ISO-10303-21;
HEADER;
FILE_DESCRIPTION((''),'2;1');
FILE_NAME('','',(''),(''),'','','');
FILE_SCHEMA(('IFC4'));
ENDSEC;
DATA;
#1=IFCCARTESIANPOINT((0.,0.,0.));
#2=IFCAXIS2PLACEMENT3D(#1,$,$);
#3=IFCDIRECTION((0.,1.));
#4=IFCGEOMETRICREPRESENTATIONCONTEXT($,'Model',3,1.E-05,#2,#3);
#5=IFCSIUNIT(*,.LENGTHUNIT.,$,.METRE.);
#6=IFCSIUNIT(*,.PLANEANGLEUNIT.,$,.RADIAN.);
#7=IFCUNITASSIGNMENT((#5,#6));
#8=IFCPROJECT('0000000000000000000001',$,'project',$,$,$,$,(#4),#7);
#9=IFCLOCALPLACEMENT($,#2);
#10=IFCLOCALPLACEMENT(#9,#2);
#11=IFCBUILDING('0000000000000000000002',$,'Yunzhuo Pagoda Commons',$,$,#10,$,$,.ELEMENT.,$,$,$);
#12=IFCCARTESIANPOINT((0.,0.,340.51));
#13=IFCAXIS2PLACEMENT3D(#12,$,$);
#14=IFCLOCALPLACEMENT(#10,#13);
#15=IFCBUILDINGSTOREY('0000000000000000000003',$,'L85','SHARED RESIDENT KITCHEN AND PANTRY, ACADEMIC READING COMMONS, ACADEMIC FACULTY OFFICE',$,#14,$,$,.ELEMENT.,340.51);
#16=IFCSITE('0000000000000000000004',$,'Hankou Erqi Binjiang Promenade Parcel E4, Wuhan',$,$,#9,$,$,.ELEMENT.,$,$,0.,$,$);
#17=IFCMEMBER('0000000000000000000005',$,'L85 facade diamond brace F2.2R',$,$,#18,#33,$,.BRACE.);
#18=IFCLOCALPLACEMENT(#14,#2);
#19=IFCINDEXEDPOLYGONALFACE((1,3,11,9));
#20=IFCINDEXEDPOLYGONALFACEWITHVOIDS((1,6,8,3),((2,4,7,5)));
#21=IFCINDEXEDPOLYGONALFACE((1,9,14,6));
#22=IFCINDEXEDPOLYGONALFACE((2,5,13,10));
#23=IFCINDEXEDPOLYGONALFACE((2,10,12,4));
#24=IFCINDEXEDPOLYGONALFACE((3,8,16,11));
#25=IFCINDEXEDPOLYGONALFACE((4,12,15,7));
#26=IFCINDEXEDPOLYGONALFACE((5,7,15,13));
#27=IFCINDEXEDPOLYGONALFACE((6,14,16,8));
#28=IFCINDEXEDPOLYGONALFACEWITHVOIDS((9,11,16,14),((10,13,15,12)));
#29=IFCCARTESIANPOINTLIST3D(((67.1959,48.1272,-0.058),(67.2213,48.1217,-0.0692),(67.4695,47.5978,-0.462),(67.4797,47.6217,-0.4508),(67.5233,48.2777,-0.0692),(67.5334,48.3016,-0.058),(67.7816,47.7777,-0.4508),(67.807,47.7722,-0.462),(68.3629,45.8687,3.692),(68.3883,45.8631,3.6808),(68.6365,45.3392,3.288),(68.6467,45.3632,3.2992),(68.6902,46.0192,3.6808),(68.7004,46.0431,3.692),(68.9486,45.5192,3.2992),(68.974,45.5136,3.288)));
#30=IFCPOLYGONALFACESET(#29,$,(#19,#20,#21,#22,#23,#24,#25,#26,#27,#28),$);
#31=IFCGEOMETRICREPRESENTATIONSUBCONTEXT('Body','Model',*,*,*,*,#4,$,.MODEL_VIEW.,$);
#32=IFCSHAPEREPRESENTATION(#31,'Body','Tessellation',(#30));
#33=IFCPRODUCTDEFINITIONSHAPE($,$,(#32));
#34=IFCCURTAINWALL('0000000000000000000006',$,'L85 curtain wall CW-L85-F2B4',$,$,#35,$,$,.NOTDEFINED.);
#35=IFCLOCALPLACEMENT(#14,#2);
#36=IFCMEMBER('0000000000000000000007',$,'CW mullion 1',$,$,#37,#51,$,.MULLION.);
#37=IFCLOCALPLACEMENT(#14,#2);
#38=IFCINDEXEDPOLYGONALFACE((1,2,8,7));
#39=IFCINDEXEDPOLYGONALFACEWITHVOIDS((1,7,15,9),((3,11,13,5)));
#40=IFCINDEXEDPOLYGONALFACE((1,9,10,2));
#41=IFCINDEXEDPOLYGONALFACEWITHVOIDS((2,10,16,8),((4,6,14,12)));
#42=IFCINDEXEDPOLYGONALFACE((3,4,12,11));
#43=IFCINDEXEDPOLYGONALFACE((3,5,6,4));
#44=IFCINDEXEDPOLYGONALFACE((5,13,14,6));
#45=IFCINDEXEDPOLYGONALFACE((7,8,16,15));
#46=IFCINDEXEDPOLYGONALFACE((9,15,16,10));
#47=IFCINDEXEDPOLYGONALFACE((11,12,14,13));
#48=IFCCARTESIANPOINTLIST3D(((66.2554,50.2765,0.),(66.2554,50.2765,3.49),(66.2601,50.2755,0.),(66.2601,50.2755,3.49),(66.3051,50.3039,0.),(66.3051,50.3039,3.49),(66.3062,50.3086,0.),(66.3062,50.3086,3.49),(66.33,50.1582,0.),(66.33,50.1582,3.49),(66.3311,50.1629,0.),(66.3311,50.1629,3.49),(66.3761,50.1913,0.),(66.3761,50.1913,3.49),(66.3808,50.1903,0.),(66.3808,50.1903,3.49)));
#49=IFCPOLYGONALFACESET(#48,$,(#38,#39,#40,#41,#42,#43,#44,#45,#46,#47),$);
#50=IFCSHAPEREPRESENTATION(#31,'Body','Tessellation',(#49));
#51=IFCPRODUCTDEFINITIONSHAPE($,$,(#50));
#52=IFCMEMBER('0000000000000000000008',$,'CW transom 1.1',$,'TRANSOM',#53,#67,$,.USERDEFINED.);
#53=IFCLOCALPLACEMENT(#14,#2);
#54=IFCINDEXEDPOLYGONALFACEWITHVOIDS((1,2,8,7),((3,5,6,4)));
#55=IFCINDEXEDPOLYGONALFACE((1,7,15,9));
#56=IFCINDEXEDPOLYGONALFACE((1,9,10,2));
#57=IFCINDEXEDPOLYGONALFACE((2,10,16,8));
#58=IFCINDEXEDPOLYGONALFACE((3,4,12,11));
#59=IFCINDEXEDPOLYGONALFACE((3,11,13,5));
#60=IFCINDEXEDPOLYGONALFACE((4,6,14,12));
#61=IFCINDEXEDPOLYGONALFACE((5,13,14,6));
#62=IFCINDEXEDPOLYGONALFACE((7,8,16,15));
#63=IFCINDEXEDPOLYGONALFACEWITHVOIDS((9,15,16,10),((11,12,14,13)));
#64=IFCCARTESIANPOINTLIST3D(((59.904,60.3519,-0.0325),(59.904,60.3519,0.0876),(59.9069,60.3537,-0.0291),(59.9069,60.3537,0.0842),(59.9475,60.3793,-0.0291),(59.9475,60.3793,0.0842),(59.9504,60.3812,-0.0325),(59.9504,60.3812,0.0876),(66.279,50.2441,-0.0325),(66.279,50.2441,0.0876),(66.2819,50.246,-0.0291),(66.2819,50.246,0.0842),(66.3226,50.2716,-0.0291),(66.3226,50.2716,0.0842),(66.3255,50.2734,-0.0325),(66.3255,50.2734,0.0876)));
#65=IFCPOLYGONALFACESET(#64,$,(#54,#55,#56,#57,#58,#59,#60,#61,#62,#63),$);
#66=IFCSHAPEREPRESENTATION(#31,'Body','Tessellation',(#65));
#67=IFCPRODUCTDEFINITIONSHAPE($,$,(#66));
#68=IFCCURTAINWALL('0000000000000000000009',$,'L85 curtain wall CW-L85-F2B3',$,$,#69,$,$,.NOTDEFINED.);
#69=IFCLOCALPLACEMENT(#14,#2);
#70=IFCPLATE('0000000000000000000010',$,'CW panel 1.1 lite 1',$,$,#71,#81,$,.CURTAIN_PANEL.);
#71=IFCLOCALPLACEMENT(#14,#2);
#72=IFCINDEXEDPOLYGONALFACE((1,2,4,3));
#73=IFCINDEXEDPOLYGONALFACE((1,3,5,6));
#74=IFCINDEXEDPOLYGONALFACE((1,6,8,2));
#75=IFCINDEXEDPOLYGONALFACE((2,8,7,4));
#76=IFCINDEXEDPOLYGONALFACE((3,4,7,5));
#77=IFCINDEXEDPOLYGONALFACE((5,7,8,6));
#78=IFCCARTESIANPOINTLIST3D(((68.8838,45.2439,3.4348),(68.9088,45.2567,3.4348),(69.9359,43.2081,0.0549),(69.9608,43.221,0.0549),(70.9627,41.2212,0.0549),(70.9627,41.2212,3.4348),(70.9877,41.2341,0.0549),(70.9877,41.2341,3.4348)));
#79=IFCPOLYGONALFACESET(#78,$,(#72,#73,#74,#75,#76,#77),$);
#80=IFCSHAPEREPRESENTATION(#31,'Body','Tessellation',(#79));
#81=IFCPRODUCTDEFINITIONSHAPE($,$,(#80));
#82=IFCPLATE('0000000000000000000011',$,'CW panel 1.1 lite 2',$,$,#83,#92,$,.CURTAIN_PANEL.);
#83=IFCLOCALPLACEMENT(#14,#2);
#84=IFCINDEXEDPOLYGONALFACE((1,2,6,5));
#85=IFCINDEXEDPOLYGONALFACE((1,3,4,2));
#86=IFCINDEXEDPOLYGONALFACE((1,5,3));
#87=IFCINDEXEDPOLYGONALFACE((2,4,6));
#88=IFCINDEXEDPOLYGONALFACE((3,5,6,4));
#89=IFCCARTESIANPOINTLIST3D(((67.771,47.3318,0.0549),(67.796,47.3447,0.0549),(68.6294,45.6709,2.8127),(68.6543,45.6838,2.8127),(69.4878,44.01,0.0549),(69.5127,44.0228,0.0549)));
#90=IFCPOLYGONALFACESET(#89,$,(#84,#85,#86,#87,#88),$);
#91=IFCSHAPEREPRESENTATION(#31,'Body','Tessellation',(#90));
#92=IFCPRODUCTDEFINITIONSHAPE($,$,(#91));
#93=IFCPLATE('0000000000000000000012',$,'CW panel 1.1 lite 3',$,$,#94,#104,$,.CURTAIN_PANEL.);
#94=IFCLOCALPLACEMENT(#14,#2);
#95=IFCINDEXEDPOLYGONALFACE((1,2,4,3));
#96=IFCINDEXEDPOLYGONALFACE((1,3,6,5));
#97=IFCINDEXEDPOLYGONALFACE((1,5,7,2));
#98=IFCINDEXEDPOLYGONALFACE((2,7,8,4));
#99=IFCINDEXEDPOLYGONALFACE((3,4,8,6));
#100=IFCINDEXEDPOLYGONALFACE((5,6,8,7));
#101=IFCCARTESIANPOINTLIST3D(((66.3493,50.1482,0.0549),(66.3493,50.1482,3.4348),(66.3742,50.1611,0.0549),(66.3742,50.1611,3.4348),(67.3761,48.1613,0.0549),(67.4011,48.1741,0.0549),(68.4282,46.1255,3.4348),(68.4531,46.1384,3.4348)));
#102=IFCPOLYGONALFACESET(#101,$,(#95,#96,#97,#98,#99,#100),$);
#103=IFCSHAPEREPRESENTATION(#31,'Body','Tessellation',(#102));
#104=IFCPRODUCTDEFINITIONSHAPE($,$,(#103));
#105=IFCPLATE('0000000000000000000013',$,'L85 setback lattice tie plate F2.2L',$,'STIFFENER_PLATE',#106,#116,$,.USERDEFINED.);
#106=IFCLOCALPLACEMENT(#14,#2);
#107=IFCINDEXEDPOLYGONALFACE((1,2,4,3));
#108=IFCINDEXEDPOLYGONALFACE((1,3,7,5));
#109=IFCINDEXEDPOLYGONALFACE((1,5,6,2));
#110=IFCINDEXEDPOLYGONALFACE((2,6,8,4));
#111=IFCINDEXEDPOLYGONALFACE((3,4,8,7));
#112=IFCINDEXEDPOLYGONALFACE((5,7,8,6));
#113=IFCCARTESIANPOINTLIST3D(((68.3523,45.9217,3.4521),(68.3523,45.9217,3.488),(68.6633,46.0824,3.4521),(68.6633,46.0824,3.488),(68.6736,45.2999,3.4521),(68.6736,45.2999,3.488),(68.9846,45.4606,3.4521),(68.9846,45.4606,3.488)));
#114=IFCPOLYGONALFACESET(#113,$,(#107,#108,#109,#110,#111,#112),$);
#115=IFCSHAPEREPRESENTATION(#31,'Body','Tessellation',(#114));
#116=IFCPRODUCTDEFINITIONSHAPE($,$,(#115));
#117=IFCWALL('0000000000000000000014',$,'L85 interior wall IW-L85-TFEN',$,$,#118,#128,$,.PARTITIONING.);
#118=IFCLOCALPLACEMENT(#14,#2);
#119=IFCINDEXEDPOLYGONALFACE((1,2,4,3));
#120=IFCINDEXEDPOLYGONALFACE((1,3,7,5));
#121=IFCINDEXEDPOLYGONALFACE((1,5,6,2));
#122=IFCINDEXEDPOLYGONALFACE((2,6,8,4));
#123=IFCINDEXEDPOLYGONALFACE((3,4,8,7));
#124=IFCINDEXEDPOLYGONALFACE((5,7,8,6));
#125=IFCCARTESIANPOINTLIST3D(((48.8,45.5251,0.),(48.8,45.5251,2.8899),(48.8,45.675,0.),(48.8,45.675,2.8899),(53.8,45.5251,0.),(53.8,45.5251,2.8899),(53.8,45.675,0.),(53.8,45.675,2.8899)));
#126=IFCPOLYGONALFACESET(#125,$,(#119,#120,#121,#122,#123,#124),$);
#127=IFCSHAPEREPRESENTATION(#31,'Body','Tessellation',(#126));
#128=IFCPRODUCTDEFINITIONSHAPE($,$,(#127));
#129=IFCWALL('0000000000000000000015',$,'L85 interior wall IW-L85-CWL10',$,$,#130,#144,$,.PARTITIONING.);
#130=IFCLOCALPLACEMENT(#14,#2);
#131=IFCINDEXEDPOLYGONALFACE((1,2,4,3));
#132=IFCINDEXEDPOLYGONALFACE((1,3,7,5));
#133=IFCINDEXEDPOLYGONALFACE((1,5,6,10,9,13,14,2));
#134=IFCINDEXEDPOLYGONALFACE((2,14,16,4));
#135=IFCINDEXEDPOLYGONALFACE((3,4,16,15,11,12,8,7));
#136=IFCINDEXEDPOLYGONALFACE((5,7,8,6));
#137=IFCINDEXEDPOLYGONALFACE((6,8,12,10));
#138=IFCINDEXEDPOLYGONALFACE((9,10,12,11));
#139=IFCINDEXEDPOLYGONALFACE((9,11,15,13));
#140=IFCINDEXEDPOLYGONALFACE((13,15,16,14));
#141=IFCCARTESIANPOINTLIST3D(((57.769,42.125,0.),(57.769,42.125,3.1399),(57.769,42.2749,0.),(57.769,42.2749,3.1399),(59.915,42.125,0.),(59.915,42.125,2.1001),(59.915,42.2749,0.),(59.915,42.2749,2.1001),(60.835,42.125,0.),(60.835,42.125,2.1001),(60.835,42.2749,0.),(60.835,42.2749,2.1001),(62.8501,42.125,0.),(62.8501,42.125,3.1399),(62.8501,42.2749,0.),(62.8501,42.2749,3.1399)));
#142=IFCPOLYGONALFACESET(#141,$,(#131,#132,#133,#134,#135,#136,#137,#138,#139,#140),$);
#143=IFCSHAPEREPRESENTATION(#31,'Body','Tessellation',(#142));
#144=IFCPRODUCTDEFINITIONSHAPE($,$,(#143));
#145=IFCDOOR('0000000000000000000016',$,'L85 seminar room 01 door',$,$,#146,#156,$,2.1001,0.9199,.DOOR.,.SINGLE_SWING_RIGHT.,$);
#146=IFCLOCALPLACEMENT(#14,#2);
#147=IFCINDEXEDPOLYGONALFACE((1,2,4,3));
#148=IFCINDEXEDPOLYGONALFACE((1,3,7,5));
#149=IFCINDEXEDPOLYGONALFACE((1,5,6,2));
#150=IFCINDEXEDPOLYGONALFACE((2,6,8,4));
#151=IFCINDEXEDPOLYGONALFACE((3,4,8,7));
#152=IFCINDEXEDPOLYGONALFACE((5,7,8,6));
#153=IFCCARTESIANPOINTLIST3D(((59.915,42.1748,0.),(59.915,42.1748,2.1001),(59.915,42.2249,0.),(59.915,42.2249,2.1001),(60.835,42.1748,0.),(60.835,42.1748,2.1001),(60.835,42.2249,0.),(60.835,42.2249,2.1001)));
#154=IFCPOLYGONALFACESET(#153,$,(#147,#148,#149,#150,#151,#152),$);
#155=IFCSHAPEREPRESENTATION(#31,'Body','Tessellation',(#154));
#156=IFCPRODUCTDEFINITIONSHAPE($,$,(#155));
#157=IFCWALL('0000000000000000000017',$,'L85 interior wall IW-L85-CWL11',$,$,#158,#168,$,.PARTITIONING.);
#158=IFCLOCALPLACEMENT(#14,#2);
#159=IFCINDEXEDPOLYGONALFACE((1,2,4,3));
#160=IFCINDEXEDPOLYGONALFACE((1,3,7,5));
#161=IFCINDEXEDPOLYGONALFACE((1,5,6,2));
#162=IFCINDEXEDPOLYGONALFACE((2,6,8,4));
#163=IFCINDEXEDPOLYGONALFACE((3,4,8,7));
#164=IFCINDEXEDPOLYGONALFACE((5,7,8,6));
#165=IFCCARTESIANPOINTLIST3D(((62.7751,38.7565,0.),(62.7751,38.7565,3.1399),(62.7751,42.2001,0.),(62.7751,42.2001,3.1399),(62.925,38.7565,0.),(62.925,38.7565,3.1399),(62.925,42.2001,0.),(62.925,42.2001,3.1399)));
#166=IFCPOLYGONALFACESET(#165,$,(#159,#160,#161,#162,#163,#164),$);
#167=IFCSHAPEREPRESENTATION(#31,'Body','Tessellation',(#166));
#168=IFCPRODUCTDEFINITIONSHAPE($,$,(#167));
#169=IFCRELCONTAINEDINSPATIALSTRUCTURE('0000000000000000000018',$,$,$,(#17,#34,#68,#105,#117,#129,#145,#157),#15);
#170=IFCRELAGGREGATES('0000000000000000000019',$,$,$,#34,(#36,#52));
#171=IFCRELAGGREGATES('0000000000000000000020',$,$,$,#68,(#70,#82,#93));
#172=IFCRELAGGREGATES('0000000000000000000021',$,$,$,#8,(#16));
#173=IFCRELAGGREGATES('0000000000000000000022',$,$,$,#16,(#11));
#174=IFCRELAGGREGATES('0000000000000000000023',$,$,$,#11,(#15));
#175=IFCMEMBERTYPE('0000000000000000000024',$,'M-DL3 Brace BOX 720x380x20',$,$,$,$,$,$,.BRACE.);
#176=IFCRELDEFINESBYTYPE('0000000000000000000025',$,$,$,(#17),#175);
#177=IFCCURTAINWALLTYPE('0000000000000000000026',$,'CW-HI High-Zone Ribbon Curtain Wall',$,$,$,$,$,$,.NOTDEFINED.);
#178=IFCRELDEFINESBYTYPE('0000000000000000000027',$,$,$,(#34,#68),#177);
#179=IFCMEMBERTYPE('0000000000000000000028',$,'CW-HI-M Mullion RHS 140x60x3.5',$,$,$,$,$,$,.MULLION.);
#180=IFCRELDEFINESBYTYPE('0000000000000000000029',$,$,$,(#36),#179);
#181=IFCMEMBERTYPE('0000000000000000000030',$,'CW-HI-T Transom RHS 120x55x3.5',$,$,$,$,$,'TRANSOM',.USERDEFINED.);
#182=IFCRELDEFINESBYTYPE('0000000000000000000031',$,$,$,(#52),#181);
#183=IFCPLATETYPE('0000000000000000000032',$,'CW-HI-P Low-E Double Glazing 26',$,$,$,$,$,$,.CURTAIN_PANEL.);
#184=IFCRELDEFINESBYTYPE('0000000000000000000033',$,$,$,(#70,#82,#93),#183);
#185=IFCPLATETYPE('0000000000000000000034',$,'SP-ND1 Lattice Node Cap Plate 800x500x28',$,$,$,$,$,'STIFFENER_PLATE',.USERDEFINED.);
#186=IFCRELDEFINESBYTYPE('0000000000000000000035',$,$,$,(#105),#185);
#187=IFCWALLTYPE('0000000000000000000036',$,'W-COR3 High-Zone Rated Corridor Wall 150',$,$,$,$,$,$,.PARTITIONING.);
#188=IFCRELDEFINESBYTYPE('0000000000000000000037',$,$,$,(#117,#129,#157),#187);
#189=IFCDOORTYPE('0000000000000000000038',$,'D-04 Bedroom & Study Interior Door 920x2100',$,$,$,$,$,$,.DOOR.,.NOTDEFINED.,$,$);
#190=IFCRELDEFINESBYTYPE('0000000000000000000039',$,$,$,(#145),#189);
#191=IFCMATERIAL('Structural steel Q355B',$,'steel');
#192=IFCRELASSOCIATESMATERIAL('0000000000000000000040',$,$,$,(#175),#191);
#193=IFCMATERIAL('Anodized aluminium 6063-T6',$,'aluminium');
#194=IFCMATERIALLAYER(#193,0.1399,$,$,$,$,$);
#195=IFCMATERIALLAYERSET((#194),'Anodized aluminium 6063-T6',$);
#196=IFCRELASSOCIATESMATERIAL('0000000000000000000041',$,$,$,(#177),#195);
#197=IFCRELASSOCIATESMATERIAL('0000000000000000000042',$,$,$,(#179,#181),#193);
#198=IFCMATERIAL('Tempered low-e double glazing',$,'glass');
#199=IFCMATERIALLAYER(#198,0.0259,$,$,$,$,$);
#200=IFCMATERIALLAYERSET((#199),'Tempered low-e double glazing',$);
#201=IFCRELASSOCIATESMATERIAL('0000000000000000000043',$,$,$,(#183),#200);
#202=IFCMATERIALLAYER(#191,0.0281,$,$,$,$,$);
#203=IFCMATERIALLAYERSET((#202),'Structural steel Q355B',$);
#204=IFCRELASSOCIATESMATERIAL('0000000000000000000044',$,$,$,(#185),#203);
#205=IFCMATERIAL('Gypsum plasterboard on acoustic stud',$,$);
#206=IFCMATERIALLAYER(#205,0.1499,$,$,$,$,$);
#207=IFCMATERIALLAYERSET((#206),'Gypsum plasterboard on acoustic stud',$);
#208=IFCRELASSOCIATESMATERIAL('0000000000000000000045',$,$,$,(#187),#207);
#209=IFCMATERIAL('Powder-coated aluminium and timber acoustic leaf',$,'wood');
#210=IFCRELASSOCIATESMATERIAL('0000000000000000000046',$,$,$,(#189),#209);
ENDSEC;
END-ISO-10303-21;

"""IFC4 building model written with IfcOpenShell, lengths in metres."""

from ifc_helpers import new_model, si_unit, direction, frame, frame_2d, origin, origin_with_axes, origin_2d, place, context, subcontext, project, spatial, polyline, rectangle, hollow_rectangle, outline, extrude, source, transform, mapped, material, layer, layer_set, material_profile, profile_set, type_object, element, fill, aggregate, save


model = new_model("IFC4")

# Units and contexts
model_context = context("Model", 3, precision=1e-05, world=origin(), true_north=direction((0.0, 1.0)))
body_context = subcontext(model_context, "Body", "Model", "MODEL_VIEW")
ifc_project = project(units=[si_unit("LENGTHUNIT", "METRE"), si_unit("PLANEANGLEUNIT", "RADIAN")], contexts=[model_context])

# Site, building, storey
site_placement = place(None, origin())
site = spatial("IfcSite", under=ifc_project, at=site_placement, Name="Hankou Erqi Binjiang Promenade Parcel E4, Wuhan", CompositionType="ELEMENT", RefElevation=0.0)
building_placement = place(site_placement, origin())
building = spatial("IfcBuilding", under=site, at=building_placement, Name="Yunzhuo Pagoda Commons", CompositionType="ELEMENT")
storey_placement = place(building_placement, frame((0.0, 0.0, 340.51)))
storey = spatial("IfcBuildingStorey", under=building, at=storey_placement, Name="L85", Description="SHARED RESIDENT KITCHEN AND PANTRY, ACADEMIC READING COMMONS, ACADEMIC FACULTY OFFICE", CompositionType="ELEMENT", Elevation=340.51)

# Shared definitions
ifc_material_1 = material(Name="Structural steel Q355B", Category="steel")

# Member
ifc_material_profile_1 = material_profile(ifc_material_1, hollow_rectangle(XDim=0.3799, YDim=0.72, WallThickness=0.02, at=origin_2d()), Name="Structural steel Q355B")
ifc_profile_set_1 = profile_set([ifc_material_profile_1], Name="Structural steel Q355B")
member_type_1 = type_object("IfcMemberType", Name="M-DL3 Brace BOX 720x380x20", PredefinedType="BRACE", material=ifc_profile_set_1)
shared_shape_1 = source(origin(), body_context, "Body", "SweptSolid", [
    extrude(hollow_rectangle(XDim=0.3799, YDim=0.72, WallThickness=0.02, at=origin_2d()), origin(), (0.0, 0.0, 1.0), 4.5305),
])
for number, where, z_axis, x_axis, name in (
    (1, (67.5015, 47.9497, -0.26), (0.257586, -0.49852, 0.827724), (0.888414, 0.459044, 0.0), "L85 facade diamond brace F2.2R"),
):
    element("IfcMember", number, at=place(storey_placement, frame(where, z_axis=z_axis, x_axis=x_axis)), inside=storey, type_object=member_type_1, Name=name, PredefinedType="BRACE", context=body_context, shape_type="MappedRepresentation", body=[
        mapped(shared_shape_1, transform((0.0, 0.0, 0.0), scale=1.0)),
    ])

# Curtain wall, members
ifc_material_2 = material(Name="Anodized aluminium 6063-T6", Category="aluminium")
ifc_layer_1 = layer(ifc_material_2, 0.1399)
ifc_layer_set_1 = layer_set([ifc_layer_1], Name="Anodized aluminium 6063-T6")
curtain_wall_type = type_object("IfcCurtainWallType", Name="CW-HI High-Zone Ribbon Curtain Wall", PredefinedType="NOTDEFINED", material=ifc_layer_set_1)
curtain_wall_1_placement = place(storey_placement, origin())
curtain_wall_1 = element("IfcCurtainWall", 2, at=curtain_wall_1_placement, inside=storey, type_object=curtain_wall_type, Name="L85 curtain wall CW-L85-F2B4", PredefinedType="NOTDEFINED")
ifc_material_profile_2 = material_profile(ifc_material_2, hollow_rectangle(XDim=0.0601, YDim=0.1399, WallThickness=0.0034, at=origin_2d()), Name="Anodized aluminium 6063-T6")
ifc_profile_set_2 = profile_set([ifc_material_profile_2], Name="Anodized aluminium 6063-T6")
member_type_2 = type_object("IfcMemberType", Name="CW-HI-M Mullion RHS 140x60x3.5", PredefinedType="MULLION", material=ifc_profile_set_2)
shared_shape_2 = source(origin(), body_context, "Body", "SweptSolid", [
    extrude(hollow_rectangle(XDim=0.0601, YDim=0.1399, WallThickness=0.0034, at=origin_2d()), origin(), (0.0, 0.0, 1.0), 3.49),
])
member_1_placement = place(storey_placement, frame((66.3181, 50.2334, 0.0), z_axis=(0.0, 0.0, 1.0), x_axis=(-0.845818, -0.533472, 0.0)))
member_1 = element("IfcMember", 3, at=member_1_placement, type_object=member_type_2, Name="CW mullion 1", PredefinedType="MULLION", context=body_context, shape_type="MappedRepresentation", body=[
    mapped(shared_shape_2, transform((0.0, 0.0, 0.0), scale=1.0)),
])
ifc_material_profile_3 = material_profile(ifc_material_2, hollow_rectangle(XDim=0.0549, YDim=0.1201, WallThickness=0.0034, at=origin_2d()), Name="Anodized aluminium 6063-T6")
ifc_profile_set_3 = profile_set([ifc_material_profile_3], Name="Anodized aluminium 6063-T6")
member_type_3 = type_object("IfcMemberType", Name="CW-HI-T Transom RHS 120x55x3.5", ElementType="TRANSOM", PredefinedType="USERDEFINED", material=ifc_profile_set_3)
shared_shape_3 = source(origin(), body_context, "Body", "SweptSolid", [
    extrude(hollow_rectangle(XDim=0.0549, YDim=0.1201, WallThickness=0.0034, at=origin_2d()), origin(), (0.0, 0.0, 1.0), 11.9502),
])
member_2_placement = place(storey_placement, frame((66.3022, 50.2588, 0.0276), z_axis=(-0.533467, 0.845821, 0.0), x_axis=(-0.845821, -0.533467, 0.0)))
member_2 = element("IfcMember", 4, at=member_2_placement, type_object=member_type_3, Name="CW transom 1.1", ObjectType="TRANSOM", PredefinedType="USERDEFINED", context=body_context, shape_type="MappedRepresentation", body=[
    mapped(shared_shape_3, transform((0.0, 0.0, 0.0), scale=1.0)),
])
aggregate(curtain_wall_1, [member_1, member_2])

# Curtain wall, plates
curtain_wall_2_placement = place(storey_placement, origin())
curtain_wall_2 = element("IfcCurtainWall", 5, at=curtain_wall_2_placement, inside=storey, type_object=curtain_wall_type, Name="L85 curtain wall CW-L85-F2B3", PredefinedType="NOTDEFINED")
ifc_material_3 = material(Name="Tempered low-e double glazing", Category="glass")
ifc_layer_2 = layer(ifc_material_3, 0.0259)
ifc_layer_set_2 = layer_set([ifc_layer_2], Name="Tempered low-e double glazing")
plate_type_1 = type_object("IfcPlateType", Name="CW-HI-P Low-E Double Glazing 26", PredefinedType="CURTAIN_PANEL", material=ifc_layer_set_2)
plate_1_placement = place(storey_placement, frame((69.9233, 43.2324, 1.7449), z_axis=(0.88838, 0.459108, 0.0), x_axis=(-0.459108, 0.88838, 0.0)))
plate_1 = element("IfcPlate", 6, at=plate_1_placement, type_object=plate_type_1, Name="CW panel 1.1 lite 1", PredefinedType="CURTAIN_PANEL", context=body_context, shape_type="SweptSolid", body=[
    extrude(outline(polyline([(-2.2639, -1.6899), (-0.0273, -1.6899), (2.2642, 1.6899), (-2.2639, 1.6899), (-2.2639, -1.6899)])), origin(), (0.0, 0.0, 1.0), 0.0281),
])
plate_2_placement = place(storey_placement, frame((68.6294, 45.6709, 1.4338), z_axis=(0.88838, 0.459108, 0.0), x_axis=(-0.459108, 0.88838, 0.0)))
plate_2 = element("IfcPlate", 7, at=plate_2_placement, type_object=plate_type_1, Name="CW panel 1.1 lite 2", PredefinedType="CURTAIN_PANEL", context=body_context, shape_type="SweptSolid", body=[
    extrude(outline(polyline([(-1.8696, -1.3789), (1.8696, -1.3789), (0.0, 1.3789), (-1.8696, -1.3789)])), origin(), (0.0, 0.0, 1.0), 0.0281),
])
plate_3_placement = place(storey_placement, frame((67.3887, 48.137, 1.7449), z_axis=(0.88838, 0.459108, 0.0), x_axis=(-0.459108, 0.88838, 0.0)))
plate_3 = element("IfcPlate", 8, at=plate_3_placement, type_object=plate_type_1, Name="CW panel 1.1 lite 3", PredefinedType="CURTAIN_PANEL", context=body_context, shape_type="SweptSolid", body=[
    extrude(outline(polyline([(-2.2642, 1.6899), (0.0273, -1.6899), (2.2639, -1.6899), (2.2639, 1.6899), (-2.2642, 1.6899)])), origin(), (0.0, 0.0, 1.0), 0.0281),
])
aggregate(curtain_wall_2, [plate_1, plate_2, plate_3])

# Plate
ifc_layer_3 = layer(ifc_material_1, 0.0281)
ifc_layer_set_3 = layer_set([ifc_layer_3], Name="Structural steel Q355B")
plate_type_2 = type_object("IfcPlateType", Name="SP-ND1 Lattice Node Cap Plate 800x500x28", ElementType="STIFFENER_PLATE", PredefinedType="USERDEFINED", material=ifc_layer_set_3)
shared_shape_4 = source(origin(), body_context, "Body", "SweptSolid", [
    extrude(rectangle(XDim=0.7, YDim=0.3501, at=origin_2d()), origin(), (0.0, 0.0, 1.0), 0.0359),
])
plate_4_placement = place(storey_placement, frame((68.6685, 45.6912, 3.4521), z_axis=(0.0, 0.0, 1.0), x_axis=(-0.459115, 0.888377, 0.0)))
element("IfcPlate", 9, at=plate_4_placement, inside=storey, type_object=plate_type_2, Name="L85 setback lattice tie plate F2.2L", ObjectType="STIFFENER_PLATE", PredefinedType="USERDEFINED", context=body_context, shape_type="MappedRepresentation", body=[
    mapped(shared_shape_4, transform((0.0, 0.0, 0.0), scale=1.0)),
])

# Wall
ifc_material_4 = material(Name="Gypsum plasterboard on acoustic stud")
ifc_layer_4 = layer(ifc_material_4, 0.1499)
ifc_layer_set_4 = layer_set([ifc_layer_4], Name="Gypsum plasterboard on acoustic stud")
wall_type_1 = type_object("IfcWallType", Name="W-COR3 High-Zone Rated Corridor Wall 150", PredefinedType="PARTITIONING", material=ifc_layer_set_4)
wall_1_placement = place(storey_placement, frame((48.8, 45.6001, 0.0), z_axis=(0.0, 0.0, 1.0), x_axis=(1.0, 0.0, 0.0)))
element("IfcWall", 10, at=wall_1_placement, inside=storey, type_object=wall_type_1, Name="L85 interior wall IW-L85-TFEN", PredefinedType="PARTITIONING", context=body_context, shape_type="SweptSolid", body=[
    extrude(rectangle(XDim=5.0, YDim=0.1499, at=frame_2d((2.5, 0.0))), origin(), (0.0, 0.0, 1.0), 2.8899),
])

# Wall, opening, door
wall_2_placement = place(storey_placement, frame((57.769, 42.2, 0.0), z_axis=(0.0, 0.0, 1.0), x_axis=(1.0, 0.0, 0.0)))
wall_2 = element("IfcWall", 11, at=wall_2_placement, inside=storey, type_object=wall_type_1, Name="L85 interior wall IW-L85-CWL10", PredefinedType="PARTITIONING", context=body_context, shape_type="SweptSolid", body=[
    extrude(rectangle(XDim=5.0811, YDim=0.1499, at=frame_2d((2.5405, 0.0))), origin(), (0.0, 0.0, 1.0), 3.1399),
])
opening_placement = place(wall_2_placement, frame((2.146, 0.0, 0.0)))
opening = element("IfcOpeningElement", 12, at=opening_placement, cuts=wall_2, PredefinedType="OPENING", context=body_context, shape_type="SweptSolid", body=[
    extrude(rectangle(XDim=0.9199, YDim=2.1001, at=frame_2d((0.46, 1.05))), frame((0.0, 0.085, 0.0), z_axis=(0.0, -1.0, 0.0), x_axis=(1.0, 0.0, 0.0)), (0.0, 0.0, 1.0), 0.1699),
])
ifc_material_5 = material(Name="Powder-coated aluminium and timber acoustic leaf", Category="wood")
door_type = type_object("IfcDoorType", Name="D-04 Bedroom & Study Interior Door 920x2100", OperationType="NOTDEFINED", PredefinedType="DOOR", material=ifc_material_5)
shared_shape_5 = source(origin(), body_context, "Body", "SweptSolid", [
    extrude(rectangle(XDim=0.9199, YDim=2.1001, at=frame_2d((0.46, 1.05))), frame((0.0, 0.0249, 0.0), z_axis=(0.0, -1.0, 0.0), x_axis=(1.0, 0.0, 0.0)), (0.0, 0.0, 1.0), 0.05),
])
door_placement = place(opening_placement, origin_with_axes())
door = element("IfcDoor", 13, at=door_placement, inside=storey, type_object=door_type, Name="L85 seminar room 01 door", OperationType="SINGLE_SWING_RIGHT", OverallHeight=2.1001, OverallWidth=0.9199, PredefinedType="DOOR", context=body_context, shape_type="MappedRepresentation", body=[
    mapped(shared_shape_5, transform((0.0, 0.0, 0.0), scale=1.0)),
])
fill(opening, door)

# Wall
wall_3_placement = place(storey_placement, frame((62.8501, 42.2, 0.0), z_axis=(0.0, 0.0, 1.0), x_axis=(0.0, -1.0, 0.0)))
element("IfcWall", 14, at=wall_3_placement, inside=storey, type_object=wall_type_1, Name="L85 interior wall IW-L85-CWL11", PredefinedType="PARTITIONING", context=body_context, shape_type="SweptSolid", body=[
    extrude(rectangle(XDim=3.4436, YDim=0.1499, at=frame_2d((1.7217, 0.0))), origin(), (0.0, 0.0, 1.0), 3.1399),
])

save(model, "model.ifc")
